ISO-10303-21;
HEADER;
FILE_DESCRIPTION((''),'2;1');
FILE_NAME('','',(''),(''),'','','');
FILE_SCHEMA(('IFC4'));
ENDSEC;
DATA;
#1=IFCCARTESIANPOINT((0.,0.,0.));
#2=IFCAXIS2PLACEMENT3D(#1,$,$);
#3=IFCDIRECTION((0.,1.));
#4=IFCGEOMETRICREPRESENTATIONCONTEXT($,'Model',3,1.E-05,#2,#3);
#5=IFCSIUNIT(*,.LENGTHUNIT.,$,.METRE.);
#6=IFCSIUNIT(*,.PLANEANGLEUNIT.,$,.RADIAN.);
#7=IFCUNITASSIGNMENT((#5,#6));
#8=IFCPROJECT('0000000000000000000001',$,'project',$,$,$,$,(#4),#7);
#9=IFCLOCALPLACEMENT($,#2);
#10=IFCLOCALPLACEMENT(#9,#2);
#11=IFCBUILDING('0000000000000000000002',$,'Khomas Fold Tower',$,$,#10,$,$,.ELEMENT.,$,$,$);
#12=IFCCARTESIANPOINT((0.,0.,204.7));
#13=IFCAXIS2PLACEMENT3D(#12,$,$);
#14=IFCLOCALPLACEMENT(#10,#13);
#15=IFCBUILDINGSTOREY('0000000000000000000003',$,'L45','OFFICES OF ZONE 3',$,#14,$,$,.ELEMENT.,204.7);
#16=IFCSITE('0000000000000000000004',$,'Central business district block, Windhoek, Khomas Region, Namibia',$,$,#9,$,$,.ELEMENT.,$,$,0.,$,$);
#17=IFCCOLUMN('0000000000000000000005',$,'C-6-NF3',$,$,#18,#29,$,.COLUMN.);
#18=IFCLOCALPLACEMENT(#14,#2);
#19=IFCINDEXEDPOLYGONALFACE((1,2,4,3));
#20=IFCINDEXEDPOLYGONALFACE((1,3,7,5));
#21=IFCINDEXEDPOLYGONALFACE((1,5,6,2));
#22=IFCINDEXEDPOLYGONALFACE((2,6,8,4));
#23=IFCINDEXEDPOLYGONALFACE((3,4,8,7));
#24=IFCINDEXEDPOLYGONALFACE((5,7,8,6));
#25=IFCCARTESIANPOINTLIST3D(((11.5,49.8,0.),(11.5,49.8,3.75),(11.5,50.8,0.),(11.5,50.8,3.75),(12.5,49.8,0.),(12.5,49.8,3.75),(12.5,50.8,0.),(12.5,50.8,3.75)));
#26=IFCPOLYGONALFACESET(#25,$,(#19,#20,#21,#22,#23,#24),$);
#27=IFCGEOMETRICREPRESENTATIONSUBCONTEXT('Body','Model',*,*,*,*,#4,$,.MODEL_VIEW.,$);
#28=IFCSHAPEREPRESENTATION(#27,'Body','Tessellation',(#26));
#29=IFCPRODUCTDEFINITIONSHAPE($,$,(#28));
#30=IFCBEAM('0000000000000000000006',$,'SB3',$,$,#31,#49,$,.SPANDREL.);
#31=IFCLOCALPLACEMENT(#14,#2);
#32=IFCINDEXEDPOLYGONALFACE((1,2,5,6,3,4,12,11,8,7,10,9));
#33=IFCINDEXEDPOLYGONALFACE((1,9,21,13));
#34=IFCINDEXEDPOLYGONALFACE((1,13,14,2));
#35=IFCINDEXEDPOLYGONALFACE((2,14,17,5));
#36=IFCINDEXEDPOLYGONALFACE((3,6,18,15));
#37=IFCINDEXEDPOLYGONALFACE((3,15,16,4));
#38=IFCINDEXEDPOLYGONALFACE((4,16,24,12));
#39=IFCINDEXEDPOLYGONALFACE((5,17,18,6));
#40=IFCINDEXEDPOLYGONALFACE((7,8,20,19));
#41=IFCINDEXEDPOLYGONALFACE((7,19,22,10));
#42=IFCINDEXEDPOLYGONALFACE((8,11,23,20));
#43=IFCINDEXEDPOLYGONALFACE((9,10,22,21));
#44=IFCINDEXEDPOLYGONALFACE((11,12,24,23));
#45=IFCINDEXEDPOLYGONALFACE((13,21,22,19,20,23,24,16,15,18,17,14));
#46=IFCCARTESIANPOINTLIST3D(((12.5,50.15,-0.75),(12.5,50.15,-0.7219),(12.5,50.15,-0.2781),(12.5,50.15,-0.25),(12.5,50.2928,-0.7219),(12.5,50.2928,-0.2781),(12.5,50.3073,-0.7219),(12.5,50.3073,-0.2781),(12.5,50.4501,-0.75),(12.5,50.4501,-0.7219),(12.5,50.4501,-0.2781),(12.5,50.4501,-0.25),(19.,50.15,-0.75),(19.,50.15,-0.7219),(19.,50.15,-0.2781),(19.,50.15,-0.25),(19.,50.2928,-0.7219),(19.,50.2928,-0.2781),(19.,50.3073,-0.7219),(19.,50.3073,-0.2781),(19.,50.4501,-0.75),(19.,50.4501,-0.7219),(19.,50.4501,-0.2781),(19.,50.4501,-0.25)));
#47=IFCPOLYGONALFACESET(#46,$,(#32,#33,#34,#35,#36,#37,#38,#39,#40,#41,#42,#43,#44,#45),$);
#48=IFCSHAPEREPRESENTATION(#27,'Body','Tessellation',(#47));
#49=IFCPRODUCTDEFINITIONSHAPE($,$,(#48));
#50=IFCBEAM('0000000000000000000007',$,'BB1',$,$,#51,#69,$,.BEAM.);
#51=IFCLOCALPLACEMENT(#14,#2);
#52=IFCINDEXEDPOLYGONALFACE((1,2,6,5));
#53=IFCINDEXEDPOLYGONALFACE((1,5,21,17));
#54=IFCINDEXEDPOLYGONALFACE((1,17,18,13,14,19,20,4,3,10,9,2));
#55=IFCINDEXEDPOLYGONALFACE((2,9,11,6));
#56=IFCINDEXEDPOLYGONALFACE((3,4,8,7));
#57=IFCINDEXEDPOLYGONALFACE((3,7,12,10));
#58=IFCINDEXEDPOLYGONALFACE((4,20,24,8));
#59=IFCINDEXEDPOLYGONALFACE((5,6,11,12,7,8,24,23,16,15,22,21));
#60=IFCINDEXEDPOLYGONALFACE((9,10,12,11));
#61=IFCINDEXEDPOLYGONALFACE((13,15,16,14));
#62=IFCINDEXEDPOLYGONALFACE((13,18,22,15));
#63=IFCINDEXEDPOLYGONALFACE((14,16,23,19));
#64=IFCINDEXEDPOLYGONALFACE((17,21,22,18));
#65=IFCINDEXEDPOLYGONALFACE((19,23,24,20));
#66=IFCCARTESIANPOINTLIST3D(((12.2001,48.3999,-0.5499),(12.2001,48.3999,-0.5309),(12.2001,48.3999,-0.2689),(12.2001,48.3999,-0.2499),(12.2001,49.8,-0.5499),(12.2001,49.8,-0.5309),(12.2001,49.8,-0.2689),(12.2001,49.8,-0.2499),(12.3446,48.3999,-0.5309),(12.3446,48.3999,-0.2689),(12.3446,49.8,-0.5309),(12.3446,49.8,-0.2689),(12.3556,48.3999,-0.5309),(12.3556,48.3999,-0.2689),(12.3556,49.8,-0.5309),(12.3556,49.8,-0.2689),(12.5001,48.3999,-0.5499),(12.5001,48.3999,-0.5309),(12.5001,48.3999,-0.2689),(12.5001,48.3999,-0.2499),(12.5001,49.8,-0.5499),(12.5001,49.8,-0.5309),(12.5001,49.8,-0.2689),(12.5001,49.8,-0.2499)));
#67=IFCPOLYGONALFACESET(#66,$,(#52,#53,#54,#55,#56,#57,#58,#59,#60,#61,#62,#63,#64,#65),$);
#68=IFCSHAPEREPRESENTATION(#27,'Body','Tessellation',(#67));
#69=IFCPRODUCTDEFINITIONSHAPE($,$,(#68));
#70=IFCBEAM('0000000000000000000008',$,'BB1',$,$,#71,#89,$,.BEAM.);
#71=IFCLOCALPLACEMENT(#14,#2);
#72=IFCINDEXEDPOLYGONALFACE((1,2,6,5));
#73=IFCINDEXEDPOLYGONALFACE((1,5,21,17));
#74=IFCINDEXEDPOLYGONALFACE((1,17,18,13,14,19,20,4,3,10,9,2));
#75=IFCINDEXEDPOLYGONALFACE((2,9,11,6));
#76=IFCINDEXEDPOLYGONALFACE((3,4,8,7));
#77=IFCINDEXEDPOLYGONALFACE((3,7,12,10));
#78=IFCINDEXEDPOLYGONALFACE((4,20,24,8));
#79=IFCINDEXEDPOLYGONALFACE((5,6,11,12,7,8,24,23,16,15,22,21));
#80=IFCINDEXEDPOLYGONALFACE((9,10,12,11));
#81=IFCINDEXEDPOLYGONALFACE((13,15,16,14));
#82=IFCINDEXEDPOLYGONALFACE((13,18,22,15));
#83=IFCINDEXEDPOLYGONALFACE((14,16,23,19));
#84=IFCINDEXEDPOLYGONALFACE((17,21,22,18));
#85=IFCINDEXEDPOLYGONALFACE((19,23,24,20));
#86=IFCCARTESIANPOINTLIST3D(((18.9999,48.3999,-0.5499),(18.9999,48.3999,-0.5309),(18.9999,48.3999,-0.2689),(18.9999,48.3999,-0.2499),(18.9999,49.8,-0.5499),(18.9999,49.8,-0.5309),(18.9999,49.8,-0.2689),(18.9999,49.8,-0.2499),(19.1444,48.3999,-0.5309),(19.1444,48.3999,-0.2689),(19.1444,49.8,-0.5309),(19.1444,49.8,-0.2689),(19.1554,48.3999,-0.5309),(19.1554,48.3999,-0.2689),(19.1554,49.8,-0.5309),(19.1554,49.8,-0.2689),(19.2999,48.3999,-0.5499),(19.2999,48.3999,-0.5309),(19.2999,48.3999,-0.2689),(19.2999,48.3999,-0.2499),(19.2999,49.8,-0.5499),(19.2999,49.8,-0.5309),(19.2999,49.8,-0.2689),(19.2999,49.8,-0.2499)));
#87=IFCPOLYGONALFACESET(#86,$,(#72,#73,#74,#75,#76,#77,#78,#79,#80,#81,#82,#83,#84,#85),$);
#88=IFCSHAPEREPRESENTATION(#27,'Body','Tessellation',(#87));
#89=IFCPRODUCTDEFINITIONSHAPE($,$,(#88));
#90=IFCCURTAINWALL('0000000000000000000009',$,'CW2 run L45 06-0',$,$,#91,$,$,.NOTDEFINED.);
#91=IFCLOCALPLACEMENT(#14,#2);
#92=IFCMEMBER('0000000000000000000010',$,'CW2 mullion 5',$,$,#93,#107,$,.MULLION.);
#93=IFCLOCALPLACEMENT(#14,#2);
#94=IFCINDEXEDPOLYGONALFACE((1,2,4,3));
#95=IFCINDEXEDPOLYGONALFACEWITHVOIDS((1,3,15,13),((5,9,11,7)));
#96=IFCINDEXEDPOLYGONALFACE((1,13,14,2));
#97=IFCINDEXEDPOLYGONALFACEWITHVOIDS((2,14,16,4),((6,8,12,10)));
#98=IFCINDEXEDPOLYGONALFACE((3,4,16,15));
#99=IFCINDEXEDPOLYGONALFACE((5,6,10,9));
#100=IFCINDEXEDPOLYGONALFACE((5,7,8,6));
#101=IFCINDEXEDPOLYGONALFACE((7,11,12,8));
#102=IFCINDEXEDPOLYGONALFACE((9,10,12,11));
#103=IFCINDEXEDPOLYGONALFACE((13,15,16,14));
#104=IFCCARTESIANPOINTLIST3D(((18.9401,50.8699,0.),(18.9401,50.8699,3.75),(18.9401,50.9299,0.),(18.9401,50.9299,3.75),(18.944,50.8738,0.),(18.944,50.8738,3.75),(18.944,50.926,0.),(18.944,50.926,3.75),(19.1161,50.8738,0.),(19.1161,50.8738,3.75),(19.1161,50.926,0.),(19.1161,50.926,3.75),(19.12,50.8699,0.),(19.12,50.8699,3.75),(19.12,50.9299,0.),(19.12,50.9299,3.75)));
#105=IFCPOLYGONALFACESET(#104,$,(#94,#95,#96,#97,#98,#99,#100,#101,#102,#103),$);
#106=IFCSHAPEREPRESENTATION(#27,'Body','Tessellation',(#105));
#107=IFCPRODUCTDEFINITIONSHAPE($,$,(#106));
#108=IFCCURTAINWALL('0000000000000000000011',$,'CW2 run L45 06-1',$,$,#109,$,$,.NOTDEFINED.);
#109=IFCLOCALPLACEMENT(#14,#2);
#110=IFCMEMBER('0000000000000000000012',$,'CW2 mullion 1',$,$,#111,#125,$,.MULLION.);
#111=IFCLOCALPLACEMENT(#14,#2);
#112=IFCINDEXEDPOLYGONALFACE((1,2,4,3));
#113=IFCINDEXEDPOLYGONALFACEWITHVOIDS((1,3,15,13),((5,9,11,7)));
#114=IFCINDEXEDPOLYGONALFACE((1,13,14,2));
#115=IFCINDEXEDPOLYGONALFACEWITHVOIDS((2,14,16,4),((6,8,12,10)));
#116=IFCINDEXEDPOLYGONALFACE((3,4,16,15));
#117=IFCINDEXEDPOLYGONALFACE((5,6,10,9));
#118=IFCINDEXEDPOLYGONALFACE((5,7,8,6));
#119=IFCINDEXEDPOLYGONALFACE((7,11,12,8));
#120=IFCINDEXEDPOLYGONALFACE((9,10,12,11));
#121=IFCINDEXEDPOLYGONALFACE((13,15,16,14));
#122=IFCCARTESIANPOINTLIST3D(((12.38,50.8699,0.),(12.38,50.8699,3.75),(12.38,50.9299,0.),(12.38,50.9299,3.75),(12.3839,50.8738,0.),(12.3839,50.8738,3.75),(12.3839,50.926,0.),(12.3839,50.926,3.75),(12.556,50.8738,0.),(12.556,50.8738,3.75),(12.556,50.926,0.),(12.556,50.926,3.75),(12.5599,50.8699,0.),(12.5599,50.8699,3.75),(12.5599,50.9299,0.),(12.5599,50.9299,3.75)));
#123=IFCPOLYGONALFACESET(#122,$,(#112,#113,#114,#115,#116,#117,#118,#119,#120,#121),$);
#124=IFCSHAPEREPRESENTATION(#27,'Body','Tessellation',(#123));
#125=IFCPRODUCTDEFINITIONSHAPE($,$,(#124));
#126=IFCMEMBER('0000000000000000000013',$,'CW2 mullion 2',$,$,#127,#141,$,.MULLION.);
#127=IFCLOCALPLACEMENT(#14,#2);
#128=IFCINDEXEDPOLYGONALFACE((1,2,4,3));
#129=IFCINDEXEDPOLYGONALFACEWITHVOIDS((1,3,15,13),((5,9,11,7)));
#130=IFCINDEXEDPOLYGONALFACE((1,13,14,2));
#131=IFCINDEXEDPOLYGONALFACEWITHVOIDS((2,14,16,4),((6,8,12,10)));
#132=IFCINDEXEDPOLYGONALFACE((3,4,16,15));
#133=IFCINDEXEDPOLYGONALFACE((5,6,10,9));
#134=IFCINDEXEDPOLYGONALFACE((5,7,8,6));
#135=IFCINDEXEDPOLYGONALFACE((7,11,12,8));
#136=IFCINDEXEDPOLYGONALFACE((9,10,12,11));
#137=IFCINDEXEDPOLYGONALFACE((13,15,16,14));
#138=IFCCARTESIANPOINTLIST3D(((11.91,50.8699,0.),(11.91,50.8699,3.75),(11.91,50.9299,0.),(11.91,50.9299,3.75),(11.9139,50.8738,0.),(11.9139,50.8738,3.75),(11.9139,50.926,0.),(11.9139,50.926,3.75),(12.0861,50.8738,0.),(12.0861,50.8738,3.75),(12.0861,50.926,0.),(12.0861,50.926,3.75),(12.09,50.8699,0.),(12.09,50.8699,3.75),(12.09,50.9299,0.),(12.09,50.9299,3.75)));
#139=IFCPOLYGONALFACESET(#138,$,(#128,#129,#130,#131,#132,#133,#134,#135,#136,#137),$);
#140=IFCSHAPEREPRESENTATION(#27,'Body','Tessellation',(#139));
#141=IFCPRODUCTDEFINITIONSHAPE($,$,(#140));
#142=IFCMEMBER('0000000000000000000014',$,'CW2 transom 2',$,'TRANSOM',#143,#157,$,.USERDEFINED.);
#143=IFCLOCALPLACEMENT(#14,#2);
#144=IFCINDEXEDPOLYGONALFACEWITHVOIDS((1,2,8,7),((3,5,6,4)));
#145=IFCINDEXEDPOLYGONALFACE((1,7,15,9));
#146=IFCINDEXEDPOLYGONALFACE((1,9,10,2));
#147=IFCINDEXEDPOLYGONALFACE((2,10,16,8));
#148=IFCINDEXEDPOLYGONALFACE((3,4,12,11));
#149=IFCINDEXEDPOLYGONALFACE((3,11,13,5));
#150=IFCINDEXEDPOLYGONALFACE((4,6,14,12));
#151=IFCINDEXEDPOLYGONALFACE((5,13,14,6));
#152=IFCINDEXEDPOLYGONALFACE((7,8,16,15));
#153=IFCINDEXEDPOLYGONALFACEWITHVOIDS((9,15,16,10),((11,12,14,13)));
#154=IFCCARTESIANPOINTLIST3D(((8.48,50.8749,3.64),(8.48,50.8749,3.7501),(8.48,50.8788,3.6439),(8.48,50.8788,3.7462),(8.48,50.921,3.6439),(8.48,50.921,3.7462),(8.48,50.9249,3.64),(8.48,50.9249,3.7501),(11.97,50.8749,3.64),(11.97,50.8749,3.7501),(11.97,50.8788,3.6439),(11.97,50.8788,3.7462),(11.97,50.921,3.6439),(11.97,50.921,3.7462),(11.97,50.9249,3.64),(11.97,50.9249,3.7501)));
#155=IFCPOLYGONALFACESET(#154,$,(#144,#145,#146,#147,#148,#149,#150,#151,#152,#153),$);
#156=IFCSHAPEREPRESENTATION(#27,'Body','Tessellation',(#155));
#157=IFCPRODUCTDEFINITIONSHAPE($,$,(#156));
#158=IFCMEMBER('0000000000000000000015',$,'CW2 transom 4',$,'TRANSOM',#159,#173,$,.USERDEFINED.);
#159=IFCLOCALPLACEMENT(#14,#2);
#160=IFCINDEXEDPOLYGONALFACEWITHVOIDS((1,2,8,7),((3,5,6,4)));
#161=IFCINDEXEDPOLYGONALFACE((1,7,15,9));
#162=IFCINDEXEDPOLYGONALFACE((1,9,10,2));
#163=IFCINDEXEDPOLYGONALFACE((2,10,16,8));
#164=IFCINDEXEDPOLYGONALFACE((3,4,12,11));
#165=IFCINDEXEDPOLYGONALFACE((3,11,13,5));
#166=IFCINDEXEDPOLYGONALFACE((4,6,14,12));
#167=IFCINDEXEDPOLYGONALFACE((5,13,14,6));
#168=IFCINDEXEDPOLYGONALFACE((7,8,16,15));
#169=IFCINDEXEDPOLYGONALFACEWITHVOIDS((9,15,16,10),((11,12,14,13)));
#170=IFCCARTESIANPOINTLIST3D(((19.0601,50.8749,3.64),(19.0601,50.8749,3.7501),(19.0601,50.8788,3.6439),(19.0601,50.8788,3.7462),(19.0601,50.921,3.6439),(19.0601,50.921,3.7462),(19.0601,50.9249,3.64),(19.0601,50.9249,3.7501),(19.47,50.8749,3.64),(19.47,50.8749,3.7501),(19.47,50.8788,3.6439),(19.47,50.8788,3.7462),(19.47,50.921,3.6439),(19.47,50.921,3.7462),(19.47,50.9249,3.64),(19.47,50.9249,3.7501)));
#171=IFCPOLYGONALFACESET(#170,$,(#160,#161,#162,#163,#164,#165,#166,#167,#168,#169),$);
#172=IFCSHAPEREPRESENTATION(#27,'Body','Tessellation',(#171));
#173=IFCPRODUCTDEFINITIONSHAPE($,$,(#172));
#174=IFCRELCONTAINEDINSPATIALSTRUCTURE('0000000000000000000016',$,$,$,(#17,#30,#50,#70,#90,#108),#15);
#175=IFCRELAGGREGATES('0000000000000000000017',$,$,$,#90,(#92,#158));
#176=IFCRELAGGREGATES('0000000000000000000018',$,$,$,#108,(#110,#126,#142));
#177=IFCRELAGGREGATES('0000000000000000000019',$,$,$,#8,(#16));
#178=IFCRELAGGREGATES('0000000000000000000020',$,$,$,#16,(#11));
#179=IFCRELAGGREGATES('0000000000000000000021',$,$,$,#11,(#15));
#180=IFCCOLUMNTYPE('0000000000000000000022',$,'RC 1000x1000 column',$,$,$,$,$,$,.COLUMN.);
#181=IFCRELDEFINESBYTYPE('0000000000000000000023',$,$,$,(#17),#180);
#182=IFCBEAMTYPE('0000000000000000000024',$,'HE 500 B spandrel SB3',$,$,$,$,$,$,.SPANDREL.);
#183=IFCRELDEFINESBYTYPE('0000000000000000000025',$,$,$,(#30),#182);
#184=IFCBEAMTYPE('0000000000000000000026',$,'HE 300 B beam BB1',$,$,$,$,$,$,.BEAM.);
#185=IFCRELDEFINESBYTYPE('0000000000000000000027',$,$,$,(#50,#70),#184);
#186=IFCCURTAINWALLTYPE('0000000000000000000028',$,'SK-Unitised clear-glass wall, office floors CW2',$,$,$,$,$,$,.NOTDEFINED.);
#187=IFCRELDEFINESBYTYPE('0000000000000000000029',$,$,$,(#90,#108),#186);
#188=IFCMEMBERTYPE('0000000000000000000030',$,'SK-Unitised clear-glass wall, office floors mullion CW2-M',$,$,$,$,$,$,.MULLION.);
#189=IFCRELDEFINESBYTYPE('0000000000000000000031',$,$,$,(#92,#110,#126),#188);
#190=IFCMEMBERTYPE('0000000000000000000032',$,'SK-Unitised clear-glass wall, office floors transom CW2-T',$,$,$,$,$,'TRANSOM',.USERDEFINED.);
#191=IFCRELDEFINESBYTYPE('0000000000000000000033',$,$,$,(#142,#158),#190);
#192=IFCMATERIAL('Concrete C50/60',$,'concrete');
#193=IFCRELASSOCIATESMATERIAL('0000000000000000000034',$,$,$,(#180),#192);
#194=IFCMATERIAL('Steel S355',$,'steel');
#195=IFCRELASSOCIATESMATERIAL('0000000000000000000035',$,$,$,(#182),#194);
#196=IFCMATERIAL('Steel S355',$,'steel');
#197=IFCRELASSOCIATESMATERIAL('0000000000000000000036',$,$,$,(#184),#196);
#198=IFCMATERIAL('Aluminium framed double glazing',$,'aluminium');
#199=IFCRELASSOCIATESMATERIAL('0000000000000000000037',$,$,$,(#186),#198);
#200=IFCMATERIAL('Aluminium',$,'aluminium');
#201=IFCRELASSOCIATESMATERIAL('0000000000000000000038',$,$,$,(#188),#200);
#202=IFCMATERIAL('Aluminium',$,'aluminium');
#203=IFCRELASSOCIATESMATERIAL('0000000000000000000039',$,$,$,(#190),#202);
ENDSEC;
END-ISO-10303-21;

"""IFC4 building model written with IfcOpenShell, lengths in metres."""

from ifc_helpers import new_model, si_unit, direction, frame, origin, origin_2d, place, context, subcontext, project, spatial, rectangle, hollow_rectangle, i_section, extrude, source, transform, mapped, material, material_profile, profile_set, type_object, element, aggregate, save


model = new_model("IFC4")

# Units and contexts
model_context = context("Model", 3, precision=1e-05, world=origin(), true_north=direction((0.0, 1.0)))
body_context = subcontext(model_context, "Body", "Model", "MODEL_VIEW")
ifc_project = project(units=[si_unit("LENGTHUNIT", "METRE"), si_unit("PLANEANGLEUNIT", "RADIAN")], contexts=[model_context])

# Site, building, storey
site_placement = place(None, origin())
site = spatial("IfcSite", under=ifc_project, at=site_placement, Name="Central business district block, Windhoek, Khomas Region, Namibia", CompositionType="ELEMENT", RefElevation=0.0)
building_placement = place(site_placement, origin())
building = spatial("IfcBuilding", under=site, at=building_placement, Name="Khomas Fold Tower", CompositionType="ELEMENT")
storey_placement = place(building_placement, frame((0.0, 0.0, 204.7)))
storey = spatial("IfcBuildingStorey", under=building, at=storey_placement, Name="L45", Description="OFFICES OF ZONE 3", CompositionType="ELEMENT", Elevation=204.7)

# Column
ifc_material_1 = material(Name="Concrete C50/60", Category="concrete")
ifc_material_profile_1 = material_profile(ifc_material_1, rectangle(XDim=1.0, YDim=1.0, at=origin_2d()), Name="RC 1000x1000")
ifc_profile_set_1 = profile_set([ifc_material_profile_1], Name="Concrete C50/60")
column_type = type_object("IfcColumnType", Name="RC 1000x1000 column", PredefinedType="COLUMN", material=ifc_profile_set_1)
shared_shape_1 = source(origin(), body_context, "Body", "SweptSolid", [
    extrude(rectangle(XDim=1.0, YDim=1.0, at=origin_2d()), origin(), (0.0, 0.0, 1.0), 3.75),
])
column_placement = place(storey_placement, frame((12.0, 50.3, 0.0), z_axis=(0.0, 0.0, 1.0), x_axis=(1.0, 0.0, 0.0)))
element("IfcColumn", 1, at=column_placement, inside=storey, type_object=column_type, Name="C-6-NF3", PredefinedType="COLUMN", context=body_context, shape_type="MappedRepresentation", body=[
    mapped(shared_shape_1, transform((0.0, 0.0, 0.0))),
])

# Beams
ifc_material_2 = material(Name="Steel S355", Category="steel")
ifc_material_profile_2 = material_profile(ifc_material_2, i_section(OverallWidth=0.3, OverallDepth=0.5, WebThickness=0.0144, FlangeThickness=0.0281, at=origin_2d()), Name="HE 500 B")
ifc_profile_set_2 = profile_set([ifc_material_profile_2], Name="Steel S355")
beam_type_1 = type_object("IfcBeamType", Name="HE 500 B spandrel SB3", PredefinedType="SPANDREL", material=ifc_profile_set_2)
shared_shape_2 = source(origin(), body_context, "Body", "SweptSolid", [
    extrude(i_section(OverallWidth=0.3, OverallDepth=0.5, WebThickness=0.0144, FlangeThickness=0.0281, at=origin_2d()), origin(), (0.0, 0.0, 1.0), 6.5),
])
beam_placement = place(storey_placement, frame((12.5, 50.3, -0.5), z_axis=(1.0, 0.0, 0.0), x_axis=(0.0, 1.0, 0.0)))
element("IfcBeam", 2, at=beam_placement, inside=storey, type_object=beam_type_1, Name="SB3", PredefinedType="SPANDREL", context=body_context, shape_type="MappedRepresentation", body=[
    mapped(shared_shape_2, transform((0.0, 0.0, 0.0))),
])
ifc_material_3 = material(Name="Steel S355", Category="steel")
ifc_material_profile_3 = material_profile(ifc_material_3, i_section(OverallWidth=0.3, OverallDepth=0.3, WebThickness=0.011, FlangeThickness=0.019, at=origin_2d()), Name="HE 300 B")
ifc_profile_set_3 = profile_set([ifc_material_profile_3], Name="Steel S355")
beam_type_2 = type_object("IfcBeamType", Name="HE 300 B beam BB1", PredefinedType="BEAM", material=ifc_profile_set_3)
shared_shape_3 = source(origin(), body_context, "Body", "SweptSolid", [
    extrude(i_section(OverallWidth=0.3, OverallDepth=0.3, WebThickness=0.011, FlangeThickness=0.019, at=origin_2d()), origin(), (0.0, 0.0, 1.0), 1.4001),
])
for number, where, z_axis, x_axis, name in (
    (3, (12.3501, 48.3999, -0.3999), (0.0, 1.0, 0.0), (-1.0, 0.0, 0.0), "BB1"),
    (4, (19.1499, 48.3999, -0.3999), (0.0, 1.0, 0.0), (-1.0, 0.0, 0.0), "BB1"),
):
    element("IfcBeam", number, at=place(storey_placement, frame(where, z_axis=z_axis, x_axis=x_axis)), inside=storey, type_object=beam_type_2, Name=name, PredefinedType="BEAM", context=body_context, shape_type="MappedRepresentation", body=[
        mapped(shared_shape_3, transform((0.0, 0.0, 0.0))),
    ])

# Curtain wall, member
ifc_material_4 = material(Name="Aluminium framed double glazing", Category="aluminium")
curtain_wall_type = type_object("IfcCurtainWallType", Name="SK-Unitised clear-glass wall, office floors CW2", PredefinedType="NOTDEFINED", material=ifc_material_4)
curtain_wall_1_placement = place(storey_placement, origin())
curtain_wall_1 = element("IfcCurtainWall", 5, at=curtain_wall_1_placement, inside=storey, type_object=curtain_wall_type, Name="CW2 run L45 06-0", PredefinedType="NOTDEFINED")
ifc_material_5 = material(Name="Aluminium", Category="aluminium")
ifc_material_profile_4 = material_profile(ifc_material_5, hollow_rectangle(XDim=0.0601, YDim=0.1799, WallThickness=0.0039, at=origin_2d()), Name="SK-Unitised clear-glass wall, office floors mullion CW2-M")
ifc_profile_set_4 = profile_set([ifc_material_profile_4], Name="Aluminium")
member_type_1 = type_object("IfcMemberType", Name="SK-Unitised clear-glass wall, office floors mullion CW2-M", PredefinedType="MULLION", material=ifc_profile_set_4)
shared_shape_4 = source(origin(), body_context, "Body", "SweptSolid", [
    extrude(hollow_rectangle(XDim=0.0601, YDim=0.1799, WallThickness=0.0039, at=origin_2d()), origin(), (0.0, 0.0, 1.0), 3.75),
])
member_1_placement = place(storey_placement, frame((19.03, 50.8999, 0.0), z_axis=(0.0, 0.0, 1.0), x_axis=(0.0, -1.0, 0.0)))
member_1 = element("IfcMember", 6, at=member_1_placement, type_object=member_type_1, Name="CW2 mullion 5", PredefinedType="MULLION", context=body_context, shape_type="MappedRepresentation", body=[
    mapped(shared_shape_4, transform((0.0, 0.0, 0.0))),
])

# Curtain wall, members
curtain_wall_2_placement = place(storey_placement, origin())
curtain_wall_2 = element("IfcCurtainWall", 7, at=curtain_wall_2_placement, inside=storey, type_object=curtain_wall_type, Name="CW2 run L45 06-1", PredefinedType="NOTDEFINED")
member_2_placement = place(storey_placement, frame((12.47, 50.8999, 0.0), z_axis=(0.0, 0.0, 1.0), x_axis=(0.0, -1.0, 0.0)))
member_2 = element("IfcMember", 8, at=member_2_placement, type_object=member_type_1, Name="CW2 mullion 1", PredefinedType="MULLION", context=body_context, shape_type="MappedRepresentation", body=[
    mapped(shared_shape_4, transform((0.0, 0.0, 0.0))),
])
member_3_placement = place(storey_placement, frame((12.0, 50.8999, 0.0), z_axis=(0.0, 0.0, 1.0), x_axis=(0.0, -1.0, 0.0)))
member_3 = element("IfcMember", 9, at=member_3_placement, type_object=member_type_1, Name="CW2 mullion 2", PredefinedType="MULLION", context=body_context, shape_type="MappedRepresentation", body=[
    mapped(shared_shape_4, transform((0.0, 0.0, 0.0))),
])
ifc_material_6 = material(Name="Aluminium", Category="aluminium")
ifc_material_profile_5 = material_profile(ifc_material_6, hollow_rectangle(XDim=0.05, YDim=0.1101, WallThickness=0.0039, at=origin_2d()), Name="SK-Unitised clear-glass wall, office floors transom CW2-T")
ifc_profile_set_5 = profile_set([ifc_material_profile_5], Name="Aluminium")
member_type_2 = type_object("IfcMemberType", Name="SK-Unitised clear-glass wall, office floors transom CW2-T", ElementType="TRANSOM", PredefinedType="USERDEFINED", material=ifc_profile_set_5)
shared_shape_5 = source(origin(), body_context, "Body", "SweptSolid", [
    extrude(hollow_rectangle(XDim=0.05, YDim=0.1101, WallThickness=0.0039, at=origin_2d()), origin(), (0.0, 0.0, 1.0), 3.49),
])
member_4_placement = place(storey_placement, frame((11.97, 50.8999, 3.6951), z_axis=(-1.0, 0.0, 0.0), x_axis=(0.0, -1.0, 0.0)))
member_4 = element("IfcMember", 10, at=member_4_placement, type_object=member_type_2, Name="CW2 transom 2", ObjectType="TRANSOM", PredefinedType="USERDEFINED", context=body_context, shape_type="MappedRepresentation", body=[
    mapped(shared_shape_5, transform((0.0, 0.0, 0.0))),
])

# Member
shared_shape_6 = source(origin(), body_context, "Body", "SweptSolid", [
    extrude(hollow_rectangle(XDim=0.05, YDim=0.1101, WallThickness=0.0039, at=origin_2d()), origin(), (0.0, 0.0, 1.0), 0.4099),
])
member_5_placement = place(storey_placement, frame((19.47, 50.8999, 3.6951), z_axis=(-1.0, 0.0, 0.0), x_axis=(0.0, -1.0, 0.0)))
member_5 = element("IfcMember", 11, at=member_5_placement, type_object=member_type_2, Name="CW2 transom 4", ObjectType="TRANSOM", PredefinedType="USERDEFINED", context=body_context, shape_type="MappedRepresentation", body=[
    mapped(shared_shape_6, transform((0.0, 0.0, 0.0))),
])

aggregate(curtain_wall_1, [member_1, member_5])
aggregate(curtain_wall_2, [member_2, member_3, member_4])

save(model, "model.ifc")
